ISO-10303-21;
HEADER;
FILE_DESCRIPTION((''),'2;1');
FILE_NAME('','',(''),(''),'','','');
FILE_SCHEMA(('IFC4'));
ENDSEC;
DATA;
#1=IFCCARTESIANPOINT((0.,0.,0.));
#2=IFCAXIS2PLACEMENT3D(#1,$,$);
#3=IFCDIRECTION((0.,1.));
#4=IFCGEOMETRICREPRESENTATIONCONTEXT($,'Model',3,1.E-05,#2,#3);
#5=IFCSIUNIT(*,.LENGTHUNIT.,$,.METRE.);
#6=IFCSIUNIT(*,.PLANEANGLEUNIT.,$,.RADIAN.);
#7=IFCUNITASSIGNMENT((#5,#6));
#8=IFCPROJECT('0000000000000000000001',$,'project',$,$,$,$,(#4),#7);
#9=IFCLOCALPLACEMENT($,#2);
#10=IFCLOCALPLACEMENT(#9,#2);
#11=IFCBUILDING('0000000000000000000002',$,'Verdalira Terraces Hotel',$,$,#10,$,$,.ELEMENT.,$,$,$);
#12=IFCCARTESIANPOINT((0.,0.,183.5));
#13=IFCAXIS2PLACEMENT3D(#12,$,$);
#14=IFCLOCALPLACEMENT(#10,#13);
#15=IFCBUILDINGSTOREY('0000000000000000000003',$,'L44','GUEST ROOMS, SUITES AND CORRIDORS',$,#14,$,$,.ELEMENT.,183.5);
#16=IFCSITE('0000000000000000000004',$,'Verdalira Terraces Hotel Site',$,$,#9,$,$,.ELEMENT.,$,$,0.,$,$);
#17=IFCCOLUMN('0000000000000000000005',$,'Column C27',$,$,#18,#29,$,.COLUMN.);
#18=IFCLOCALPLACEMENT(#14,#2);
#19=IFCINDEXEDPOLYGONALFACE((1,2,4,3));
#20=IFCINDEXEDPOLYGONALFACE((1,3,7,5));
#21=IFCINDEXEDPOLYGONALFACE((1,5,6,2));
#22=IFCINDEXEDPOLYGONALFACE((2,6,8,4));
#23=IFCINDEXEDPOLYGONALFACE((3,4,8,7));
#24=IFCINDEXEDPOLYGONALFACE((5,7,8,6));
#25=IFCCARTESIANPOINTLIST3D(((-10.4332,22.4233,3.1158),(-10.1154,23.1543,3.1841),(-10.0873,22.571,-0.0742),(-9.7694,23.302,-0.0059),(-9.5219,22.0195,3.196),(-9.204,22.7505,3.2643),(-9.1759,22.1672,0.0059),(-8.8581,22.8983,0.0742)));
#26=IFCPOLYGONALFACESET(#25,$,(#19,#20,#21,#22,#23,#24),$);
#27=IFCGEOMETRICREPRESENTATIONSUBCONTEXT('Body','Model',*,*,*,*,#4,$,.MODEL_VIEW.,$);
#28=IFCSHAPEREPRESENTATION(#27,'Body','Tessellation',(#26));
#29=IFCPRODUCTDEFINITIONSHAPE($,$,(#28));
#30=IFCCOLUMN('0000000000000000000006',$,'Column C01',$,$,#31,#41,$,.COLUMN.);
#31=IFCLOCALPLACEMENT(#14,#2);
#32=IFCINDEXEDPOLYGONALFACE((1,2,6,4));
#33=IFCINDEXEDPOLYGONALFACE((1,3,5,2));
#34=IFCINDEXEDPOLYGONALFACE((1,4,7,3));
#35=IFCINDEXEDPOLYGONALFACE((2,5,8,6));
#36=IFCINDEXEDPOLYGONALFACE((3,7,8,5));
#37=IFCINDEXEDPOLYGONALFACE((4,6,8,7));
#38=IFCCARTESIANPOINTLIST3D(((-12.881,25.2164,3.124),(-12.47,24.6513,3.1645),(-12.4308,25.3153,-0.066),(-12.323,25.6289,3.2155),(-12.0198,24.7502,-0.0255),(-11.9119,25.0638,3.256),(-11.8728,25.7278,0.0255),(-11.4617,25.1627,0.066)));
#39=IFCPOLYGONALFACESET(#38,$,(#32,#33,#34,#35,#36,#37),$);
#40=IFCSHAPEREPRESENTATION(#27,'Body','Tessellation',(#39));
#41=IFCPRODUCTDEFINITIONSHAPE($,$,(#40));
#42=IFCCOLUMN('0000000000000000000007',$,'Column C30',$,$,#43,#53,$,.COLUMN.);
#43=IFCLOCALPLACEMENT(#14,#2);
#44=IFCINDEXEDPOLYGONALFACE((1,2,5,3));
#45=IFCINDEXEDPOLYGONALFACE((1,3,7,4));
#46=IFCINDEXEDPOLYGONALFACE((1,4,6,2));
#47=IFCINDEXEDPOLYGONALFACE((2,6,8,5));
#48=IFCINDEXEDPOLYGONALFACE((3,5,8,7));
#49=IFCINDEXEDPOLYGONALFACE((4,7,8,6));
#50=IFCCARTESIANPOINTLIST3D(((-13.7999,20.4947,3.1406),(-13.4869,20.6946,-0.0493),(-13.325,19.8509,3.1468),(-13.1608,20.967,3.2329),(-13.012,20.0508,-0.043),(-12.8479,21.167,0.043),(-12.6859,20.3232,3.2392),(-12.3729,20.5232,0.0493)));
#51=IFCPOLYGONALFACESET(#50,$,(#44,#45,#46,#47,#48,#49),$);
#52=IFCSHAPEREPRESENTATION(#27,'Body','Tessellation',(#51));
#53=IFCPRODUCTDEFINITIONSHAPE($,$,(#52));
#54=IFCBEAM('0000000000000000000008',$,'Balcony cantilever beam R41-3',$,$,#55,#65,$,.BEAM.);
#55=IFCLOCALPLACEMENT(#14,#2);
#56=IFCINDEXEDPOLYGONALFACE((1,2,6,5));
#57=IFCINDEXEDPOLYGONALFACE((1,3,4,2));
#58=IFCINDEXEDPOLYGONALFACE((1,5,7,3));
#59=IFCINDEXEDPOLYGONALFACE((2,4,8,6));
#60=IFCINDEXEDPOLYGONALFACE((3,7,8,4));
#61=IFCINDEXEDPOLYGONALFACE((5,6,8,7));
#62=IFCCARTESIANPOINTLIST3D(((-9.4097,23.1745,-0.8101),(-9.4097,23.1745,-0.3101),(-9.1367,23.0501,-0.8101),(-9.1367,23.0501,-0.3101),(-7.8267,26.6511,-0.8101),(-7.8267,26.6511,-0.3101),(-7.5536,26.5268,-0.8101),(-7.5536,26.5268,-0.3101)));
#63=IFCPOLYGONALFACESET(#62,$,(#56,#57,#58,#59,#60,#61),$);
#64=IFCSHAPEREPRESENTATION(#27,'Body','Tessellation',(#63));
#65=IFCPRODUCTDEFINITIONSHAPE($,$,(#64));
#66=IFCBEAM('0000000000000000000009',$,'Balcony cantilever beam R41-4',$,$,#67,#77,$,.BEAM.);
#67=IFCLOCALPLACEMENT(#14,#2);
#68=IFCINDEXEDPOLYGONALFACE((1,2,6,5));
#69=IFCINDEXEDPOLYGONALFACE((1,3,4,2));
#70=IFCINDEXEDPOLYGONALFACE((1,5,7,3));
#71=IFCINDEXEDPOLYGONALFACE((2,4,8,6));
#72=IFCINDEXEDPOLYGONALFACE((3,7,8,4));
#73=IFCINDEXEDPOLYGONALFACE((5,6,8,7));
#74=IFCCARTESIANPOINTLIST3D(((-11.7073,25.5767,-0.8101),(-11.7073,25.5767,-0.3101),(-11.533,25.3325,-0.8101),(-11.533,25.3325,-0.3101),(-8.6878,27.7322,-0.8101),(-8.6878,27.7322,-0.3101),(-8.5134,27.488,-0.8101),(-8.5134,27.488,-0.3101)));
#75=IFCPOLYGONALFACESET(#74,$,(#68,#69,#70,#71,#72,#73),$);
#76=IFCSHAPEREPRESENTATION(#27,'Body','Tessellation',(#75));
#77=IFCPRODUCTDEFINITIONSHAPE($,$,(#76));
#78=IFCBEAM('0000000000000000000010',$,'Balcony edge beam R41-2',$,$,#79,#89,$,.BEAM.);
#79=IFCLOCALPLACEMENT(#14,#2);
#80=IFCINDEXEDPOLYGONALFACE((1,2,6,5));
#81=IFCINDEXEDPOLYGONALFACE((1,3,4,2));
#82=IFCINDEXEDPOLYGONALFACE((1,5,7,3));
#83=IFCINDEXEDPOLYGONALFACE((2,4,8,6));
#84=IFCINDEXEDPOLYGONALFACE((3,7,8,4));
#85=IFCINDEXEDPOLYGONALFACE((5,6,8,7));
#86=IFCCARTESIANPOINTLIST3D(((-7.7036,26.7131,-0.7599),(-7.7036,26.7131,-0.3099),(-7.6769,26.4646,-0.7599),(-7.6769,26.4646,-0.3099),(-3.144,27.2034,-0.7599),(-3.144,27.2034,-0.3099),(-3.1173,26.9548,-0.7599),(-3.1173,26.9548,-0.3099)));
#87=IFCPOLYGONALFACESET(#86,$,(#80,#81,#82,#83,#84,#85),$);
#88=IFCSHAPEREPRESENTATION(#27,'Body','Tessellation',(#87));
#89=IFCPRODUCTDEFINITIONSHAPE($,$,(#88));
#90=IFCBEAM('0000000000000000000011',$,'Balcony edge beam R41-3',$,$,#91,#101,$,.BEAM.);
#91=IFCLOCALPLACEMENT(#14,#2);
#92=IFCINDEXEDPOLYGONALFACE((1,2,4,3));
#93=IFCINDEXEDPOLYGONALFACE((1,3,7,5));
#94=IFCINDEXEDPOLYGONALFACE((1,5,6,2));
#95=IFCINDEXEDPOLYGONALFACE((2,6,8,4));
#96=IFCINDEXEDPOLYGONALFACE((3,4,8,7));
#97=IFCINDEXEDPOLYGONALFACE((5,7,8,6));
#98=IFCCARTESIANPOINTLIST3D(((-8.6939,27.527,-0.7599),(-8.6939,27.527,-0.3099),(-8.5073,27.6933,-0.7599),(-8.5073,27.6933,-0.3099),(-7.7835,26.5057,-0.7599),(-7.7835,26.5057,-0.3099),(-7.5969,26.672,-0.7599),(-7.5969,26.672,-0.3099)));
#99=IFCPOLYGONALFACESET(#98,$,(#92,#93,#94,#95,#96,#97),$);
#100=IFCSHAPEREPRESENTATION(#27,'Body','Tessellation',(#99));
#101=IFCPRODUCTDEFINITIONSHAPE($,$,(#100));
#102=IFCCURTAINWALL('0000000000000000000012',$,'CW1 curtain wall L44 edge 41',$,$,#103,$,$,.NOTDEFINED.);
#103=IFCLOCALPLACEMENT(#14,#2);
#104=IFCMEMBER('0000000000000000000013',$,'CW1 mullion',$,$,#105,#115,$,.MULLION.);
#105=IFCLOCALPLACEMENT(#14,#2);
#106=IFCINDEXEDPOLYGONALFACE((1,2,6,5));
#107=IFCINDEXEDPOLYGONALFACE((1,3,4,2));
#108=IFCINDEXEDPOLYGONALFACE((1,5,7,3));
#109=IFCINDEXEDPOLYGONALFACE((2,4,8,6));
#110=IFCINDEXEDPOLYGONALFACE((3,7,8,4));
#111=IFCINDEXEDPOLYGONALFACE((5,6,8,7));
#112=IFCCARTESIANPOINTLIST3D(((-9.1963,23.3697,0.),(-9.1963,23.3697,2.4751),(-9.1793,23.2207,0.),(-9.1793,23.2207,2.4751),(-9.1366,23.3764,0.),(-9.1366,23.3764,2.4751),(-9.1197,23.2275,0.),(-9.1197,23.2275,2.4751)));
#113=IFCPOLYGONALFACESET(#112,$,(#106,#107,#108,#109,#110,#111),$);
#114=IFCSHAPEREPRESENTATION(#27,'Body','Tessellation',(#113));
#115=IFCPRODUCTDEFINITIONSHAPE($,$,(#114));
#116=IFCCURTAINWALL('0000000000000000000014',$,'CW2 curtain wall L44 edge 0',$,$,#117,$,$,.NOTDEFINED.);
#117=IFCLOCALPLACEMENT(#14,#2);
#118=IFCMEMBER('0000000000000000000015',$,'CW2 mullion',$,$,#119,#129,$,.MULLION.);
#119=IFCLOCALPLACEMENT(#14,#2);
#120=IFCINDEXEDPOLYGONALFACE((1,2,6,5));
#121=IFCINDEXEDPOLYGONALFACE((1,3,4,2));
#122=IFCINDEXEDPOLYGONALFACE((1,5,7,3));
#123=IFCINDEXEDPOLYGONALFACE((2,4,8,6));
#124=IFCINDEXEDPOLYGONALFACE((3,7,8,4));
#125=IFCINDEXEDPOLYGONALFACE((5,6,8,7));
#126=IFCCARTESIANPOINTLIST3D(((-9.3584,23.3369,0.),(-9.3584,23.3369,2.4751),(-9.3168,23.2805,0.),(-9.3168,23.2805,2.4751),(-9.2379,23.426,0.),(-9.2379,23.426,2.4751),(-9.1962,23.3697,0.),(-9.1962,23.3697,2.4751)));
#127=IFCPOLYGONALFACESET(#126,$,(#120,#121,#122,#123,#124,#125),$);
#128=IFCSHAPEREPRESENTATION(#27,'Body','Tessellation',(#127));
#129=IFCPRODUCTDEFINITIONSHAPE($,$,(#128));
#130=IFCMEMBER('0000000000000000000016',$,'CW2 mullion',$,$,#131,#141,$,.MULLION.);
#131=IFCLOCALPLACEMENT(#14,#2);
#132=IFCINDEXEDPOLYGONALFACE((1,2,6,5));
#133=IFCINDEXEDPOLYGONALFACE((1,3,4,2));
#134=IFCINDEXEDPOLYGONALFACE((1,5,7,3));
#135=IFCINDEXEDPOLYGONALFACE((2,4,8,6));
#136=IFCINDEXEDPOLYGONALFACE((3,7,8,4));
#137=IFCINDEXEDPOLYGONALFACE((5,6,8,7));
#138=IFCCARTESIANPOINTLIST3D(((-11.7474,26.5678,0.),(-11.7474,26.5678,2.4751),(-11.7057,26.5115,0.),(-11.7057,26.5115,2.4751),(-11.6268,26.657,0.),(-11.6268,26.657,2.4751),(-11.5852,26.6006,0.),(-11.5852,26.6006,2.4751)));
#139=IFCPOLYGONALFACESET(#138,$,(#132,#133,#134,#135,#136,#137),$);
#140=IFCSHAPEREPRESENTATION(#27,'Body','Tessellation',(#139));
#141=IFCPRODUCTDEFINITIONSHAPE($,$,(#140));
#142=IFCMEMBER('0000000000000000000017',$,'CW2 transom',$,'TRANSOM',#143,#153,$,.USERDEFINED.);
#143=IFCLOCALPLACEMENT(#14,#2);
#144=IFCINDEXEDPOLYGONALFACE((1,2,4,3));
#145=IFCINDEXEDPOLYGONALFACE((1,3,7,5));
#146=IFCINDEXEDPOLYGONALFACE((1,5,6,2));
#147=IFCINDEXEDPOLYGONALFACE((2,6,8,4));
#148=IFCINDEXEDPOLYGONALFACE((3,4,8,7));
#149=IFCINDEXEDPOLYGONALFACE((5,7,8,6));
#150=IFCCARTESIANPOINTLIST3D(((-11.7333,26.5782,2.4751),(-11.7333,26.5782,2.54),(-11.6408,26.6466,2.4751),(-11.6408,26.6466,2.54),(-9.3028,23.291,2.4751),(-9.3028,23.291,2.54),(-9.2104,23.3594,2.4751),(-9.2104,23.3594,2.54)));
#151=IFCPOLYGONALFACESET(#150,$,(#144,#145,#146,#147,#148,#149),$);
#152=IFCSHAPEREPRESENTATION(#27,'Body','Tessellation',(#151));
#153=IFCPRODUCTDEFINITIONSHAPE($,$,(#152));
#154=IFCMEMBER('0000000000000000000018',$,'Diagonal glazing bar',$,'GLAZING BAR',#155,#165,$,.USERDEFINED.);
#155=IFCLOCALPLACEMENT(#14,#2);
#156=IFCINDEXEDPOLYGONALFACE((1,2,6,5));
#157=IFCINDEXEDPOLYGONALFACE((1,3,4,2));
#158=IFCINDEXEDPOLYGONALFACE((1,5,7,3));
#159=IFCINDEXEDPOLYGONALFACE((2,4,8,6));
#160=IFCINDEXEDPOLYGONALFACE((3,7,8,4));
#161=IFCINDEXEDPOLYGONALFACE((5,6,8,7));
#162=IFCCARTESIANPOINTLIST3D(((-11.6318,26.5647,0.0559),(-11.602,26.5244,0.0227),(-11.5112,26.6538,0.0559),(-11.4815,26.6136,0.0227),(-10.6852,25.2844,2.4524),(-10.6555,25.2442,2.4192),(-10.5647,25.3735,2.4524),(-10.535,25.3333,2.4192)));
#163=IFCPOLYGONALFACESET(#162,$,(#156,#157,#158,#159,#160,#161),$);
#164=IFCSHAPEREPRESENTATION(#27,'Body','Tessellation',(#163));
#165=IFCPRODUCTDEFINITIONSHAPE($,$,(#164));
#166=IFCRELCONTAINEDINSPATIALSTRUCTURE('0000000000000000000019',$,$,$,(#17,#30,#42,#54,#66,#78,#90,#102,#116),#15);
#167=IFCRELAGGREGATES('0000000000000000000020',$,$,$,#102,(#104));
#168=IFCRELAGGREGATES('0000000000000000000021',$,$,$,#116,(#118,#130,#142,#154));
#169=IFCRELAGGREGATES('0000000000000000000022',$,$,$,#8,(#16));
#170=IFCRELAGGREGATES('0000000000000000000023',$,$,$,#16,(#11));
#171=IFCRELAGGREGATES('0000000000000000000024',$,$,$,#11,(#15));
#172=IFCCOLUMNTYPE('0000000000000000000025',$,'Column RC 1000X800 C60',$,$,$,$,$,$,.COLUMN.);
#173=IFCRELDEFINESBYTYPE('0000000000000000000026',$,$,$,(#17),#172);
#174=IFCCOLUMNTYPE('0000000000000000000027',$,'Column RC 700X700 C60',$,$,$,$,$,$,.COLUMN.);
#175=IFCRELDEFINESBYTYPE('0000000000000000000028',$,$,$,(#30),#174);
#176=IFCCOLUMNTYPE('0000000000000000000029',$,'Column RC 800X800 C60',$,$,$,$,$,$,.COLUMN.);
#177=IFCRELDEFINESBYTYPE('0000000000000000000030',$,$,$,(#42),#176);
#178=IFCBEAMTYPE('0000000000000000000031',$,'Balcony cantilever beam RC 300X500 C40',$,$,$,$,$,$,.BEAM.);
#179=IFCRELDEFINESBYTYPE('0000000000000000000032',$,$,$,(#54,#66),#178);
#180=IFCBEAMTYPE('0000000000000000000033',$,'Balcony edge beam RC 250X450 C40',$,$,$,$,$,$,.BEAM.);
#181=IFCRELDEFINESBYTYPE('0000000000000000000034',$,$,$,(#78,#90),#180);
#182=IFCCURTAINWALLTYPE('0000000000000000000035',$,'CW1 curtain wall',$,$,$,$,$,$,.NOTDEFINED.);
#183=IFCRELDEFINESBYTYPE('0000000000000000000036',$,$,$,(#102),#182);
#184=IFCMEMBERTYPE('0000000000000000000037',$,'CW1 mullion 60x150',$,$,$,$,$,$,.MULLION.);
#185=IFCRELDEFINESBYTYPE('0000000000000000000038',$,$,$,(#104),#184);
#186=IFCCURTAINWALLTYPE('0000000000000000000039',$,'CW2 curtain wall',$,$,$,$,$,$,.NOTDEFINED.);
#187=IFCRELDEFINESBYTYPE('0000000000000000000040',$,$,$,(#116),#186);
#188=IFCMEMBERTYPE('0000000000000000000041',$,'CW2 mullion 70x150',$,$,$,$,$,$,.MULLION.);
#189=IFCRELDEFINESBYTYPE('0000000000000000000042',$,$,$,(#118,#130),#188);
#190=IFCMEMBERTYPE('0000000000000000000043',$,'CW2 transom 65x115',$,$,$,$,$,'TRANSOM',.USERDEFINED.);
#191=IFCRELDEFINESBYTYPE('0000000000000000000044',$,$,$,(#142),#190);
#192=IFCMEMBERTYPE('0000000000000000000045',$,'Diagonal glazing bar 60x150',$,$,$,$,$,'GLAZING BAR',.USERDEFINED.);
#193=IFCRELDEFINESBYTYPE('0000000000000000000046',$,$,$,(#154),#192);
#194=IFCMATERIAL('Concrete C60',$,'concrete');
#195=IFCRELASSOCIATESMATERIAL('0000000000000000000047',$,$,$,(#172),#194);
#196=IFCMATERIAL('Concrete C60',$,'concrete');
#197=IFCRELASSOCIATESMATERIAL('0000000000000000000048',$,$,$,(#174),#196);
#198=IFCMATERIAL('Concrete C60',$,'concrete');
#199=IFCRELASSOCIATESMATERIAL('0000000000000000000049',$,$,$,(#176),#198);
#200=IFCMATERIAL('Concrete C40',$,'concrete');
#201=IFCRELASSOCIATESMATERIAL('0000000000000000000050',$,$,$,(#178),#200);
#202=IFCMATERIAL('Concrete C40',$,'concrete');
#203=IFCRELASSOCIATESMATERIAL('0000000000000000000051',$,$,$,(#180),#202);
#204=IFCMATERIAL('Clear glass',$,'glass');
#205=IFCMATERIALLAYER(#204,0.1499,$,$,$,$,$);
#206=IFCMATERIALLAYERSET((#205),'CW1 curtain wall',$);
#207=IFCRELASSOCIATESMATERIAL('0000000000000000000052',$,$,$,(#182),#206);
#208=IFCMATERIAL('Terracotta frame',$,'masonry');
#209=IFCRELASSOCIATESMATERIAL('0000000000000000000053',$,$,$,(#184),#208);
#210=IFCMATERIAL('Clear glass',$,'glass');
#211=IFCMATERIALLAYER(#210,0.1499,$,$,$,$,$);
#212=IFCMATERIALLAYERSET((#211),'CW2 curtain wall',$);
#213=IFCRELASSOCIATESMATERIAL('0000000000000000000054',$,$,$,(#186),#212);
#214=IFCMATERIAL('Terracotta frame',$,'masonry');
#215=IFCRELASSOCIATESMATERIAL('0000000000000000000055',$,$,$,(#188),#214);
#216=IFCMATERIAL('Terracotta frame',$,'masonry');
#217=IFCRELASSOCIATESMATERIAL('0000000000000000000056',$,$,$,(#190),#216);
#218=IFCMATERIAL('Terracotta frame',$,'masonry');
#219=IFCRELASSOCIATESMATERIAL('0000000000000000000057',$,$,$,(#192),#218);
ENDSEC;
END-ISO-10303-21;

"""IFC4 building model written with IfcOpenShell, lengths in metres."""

from ifc_helpers import new_model, si_unit, direction, frame, origin, origin_2d, place, context, subcontext, project, spatial, rectangle, extrude, material, layer, layer_set, material_profile, profile_set, type_object, element, aggregate, save


model = new_model("IFC4")

# Units and contexts
model_context = context("Model", 3, precision=1e-05, world=origin(), true_north=direction((0.0, 1.0)))
body_context = subcontext(model_context, "Body", "Model", "MODEL_VIEW")
ifc_project = project(units=[si_unit("LENGTHUNIT", "METRE"), si_unit("PLANEANGLEUNIT", "RADIAN")], contexts=[model_context])

# Site, building, storey
site_placement = place(None, origin())
site = spatial("IfcSite", under=ifc_project, at=site_placement, Name="Verdalira Terraces Hotel Site", CompositionType="ELEMENT", RefElevation=0.0)
building_placement = place(site_placement, origin())
building = spatial("IfcBuilding", under=site, at=building_placement, Name="Verdalira Terraces Hotel", CompositionType="ELEMENT")
storey_placement = place(building_placement, frame((0.0, 0.0, 183.5)))
storey = spatial("IfcBuildingStorey", under=building, at=storey_placement, Name="L44", Description="GUEST ROOMS, SUITES AND CORRIDORS", CompositionType="ELEMENT", Elevation=183.5)

# Columns
ifc_material_1 = material(Name="Concrete C60", Category="concrete")
ifc_material_profile_1 = material_profile(ifc_material_1, rectangle(XDim=1.0, YDim=0.8, at=origin_2d()), Name="RC 1000X800")
ifc_profile_set_1 = profile_set([ifc_material_profile_1], Name="Concrete C60")
column_type_1 = type_object("IfcColumnType", Name="Column RC 1000X800 C60", PredefinedType="COLUMN", material=ifc_profile_set_1)
column_1_placement = place(storey_placement, frame((-9.4727, 22.7346, 0.0), z_axis=(-0.107703, -0.045985, 0.993119), x_axis=(0.911356, -0.403743, 0.080141)))
element("IfcColumn", 1, at=column_1_placement, inside=storey, type_object=column_type_1, Name="Column C27", PredefinedType="COLUMN", context=body_context, shape_type="SweptSolid", body=[
    extrude(rectangle(XDim=1.0, YDim=0.8, at=origin_2d()), origin(), (0.0, 0.0, 1.0), 3.2122),
])
ifc_material_2 = material(Name="Concrete C60", Category="concrete")
ifc_material_profile_2 = material_profile(ifc_material_2, rectangle(XDim=0.7, YDim=0.7, at=origin_2d()), Name="RC 700X700")
ifc_profile_set_2 = profile_set([ifc_material_profile_2], Name="Concrete C60")
column_type_2 = type_object("IfcColumnType", Name="Column RC 700X700 C60", PredefinedType="COLUMN", material=ifc_profile_set_2)
column_2_placement = place(storey_placement, frame((-11.9463, 25.239, 0.0), z_axis=(-0.139679, -0.030678, 0.989721), x_axis=(-0.587274, 0.807317, -0.057858)))
element("IfcColumn", 2, at=column_2_placement, inside=storey, type_object=column_type_2, Name="Column C01", PredefinedType="COLUMN", context=body_context, shape_type="SweptSolid", body=[
    extrude(rectangle(XDim=0.7, YDim=0.7, at=origin_2d()), origin(), (0.0, 0.0, 1.0), 3.2231),
])
ifc_material_3 = material(Name="Concrete C60", Category="concrete")
ifc_material_profile_3 = material_profile(ifc_material_3, rectangle(XDim=0.8, YDim=0.8, at=origin_2d()), Name="RC 800X800")
ifc_profile_set_3 = profile_set([ifc_material_profile_3], Name="Concrete C60")
column_type_3 = type_object("IfcColumnType", Name="Column RC 800X800 C60", PredefinedType="COLUMN", material=ifc_profile_set_3)
column_3_placement = place(storey_placement, frame((-12.9299, 20.6089, 0.0), z_axis=(-0.097459, -0.062261, 0.99329), x_axis=(-0.593633, 0.804698, -0.007806)))
element("IfcColumn", 3, at=column_3_placement, inside=storey, type_object=column_type_3, Name="Column C30", PredefinedType="COLUMN", context=body_context, shape_type="SweptSolid", body=[
    extrude(rectangle(XDim=0.8, YDim=0.8, at=origin_2d()), origin(), (0.0, 0.0, 1.0), 3.2114),
])

# Beams
ifc_material_4 = material(Name="Concrete C40", Category="concrete")
ifc_material_profile_4 = material_profile(ifc_material_4, rectangle(XDim=0.3, YDim=0.5, at=origin_2d()), Name="RC 300X500")
ifc_profile_set_4 = profile_set([ifc_material_profile_4], Name="Concrete C40")
beam_type_1 = type_object("IfcBeamType", Name="Balcony cantilever beam RC 300X500 C40", PredefinedType="BEAM", material=ifc_profile_set_4)
beam_1_placement = place(storey_placement, frame((-9.2732, 23.1123, -0.5601), z_axis=(0.4144, 0.910095, 0.0), x_axis=(-0.910095, 0.4144, 0.0)))
element("IfcBeam", 4, at=beam_1_placement, inside=storey, type_object=beam_type_1, Name="Balcony cantilever beam R41-3", PredefinedType="BEAM", context=body_context, shape_type="SweptSolid", body=[
    extrude(rectangle(XDim=0.3, YDim=0.5, at=origin_2d()), origin(), (0.0, 0.0, 1.0), 3.8201),
])
beam_2_placement = place(storey_placement, frame((-11.6201, 25.4546, -0.5601), z_axis=(0.813898, 0.581008, 0.0), x_axis=(-0.581008, 0.813898, 0.0)))
element("IfcBeam", 5, at=beam_2_placement, inside=storey, type_object=beam_type_1, Name="Balcony cantilever beam R41-4", PredefinedType="BEAM", context=body_context, shape_type="SweptSolid", body=[
    extrude(rectangle(XDim=0.3, YDim=0.5, at=origin_2d()), origin(), (0.0, 0.0, 1.0), 3.71),
])
ifc_material_5 = material(Name="Concrete C40", Category="concrete")
ifc_material_profile_5 = material_profile(ifc_material_5, rectangle(XDim=0.25, YDim=0.45, at=origin_2d()), Name="RC 250X450")
ifc_profile_set_5 = profile_set([ifc_material_profile_5], Name="Concrete C40")
beam_type_2 = type_object("IfcBeamType", Name="Balcony edge beam RC 250X450 C40", PredefinedType="BEAM", material=ifc_profile_set_5)
beam_3_placement = place(storey_placement, frame((-3.1306, 27.0791, -0.5349), z_axis=(-0.99427, -0.106902, 0.0), x_axis=(0.106902, -0.99427, 0.0)))
element("IfcBeam", 6, at=beam_3_placement, inside=storey, type_object=beam_type_2, Name="Balcony edge beam R41-2", PredefinedType="BEAM", context=body_context, shape_type="SweptSolid", body=[
    extrude(rectangle(XDim=0.25, YDim=0.45, at=origin_2d()), origin(), (0.0, 0.0, 1.0), 4.5859),
])
beam_4_placement = place(storey_placement, frame((-7.6902, 26.5889, -0.5349), z_axis=(-0.665438, 0.746454, 0.0), x_axis=(-0.746454, -0.665438, 0.0)))
element("IfcBeam", 7, at=beam_4_placement, inside=storey, type_object=beam_type_2, Name="Balcony edge beam R41-3", PredefinedType="BEAM", context=body_context, shape_type="SweptSolid", body=[
    extrude(rectangle(XDim=0.25, YDim=0.45, at=origin_2d()), origin(), (0.0, 0.0, 1.0), 1.3682),
])

# Curtain wall, member
ifc_material_6 = material(Name="Clear glass", Category="glass")
ifc_layer_1 = layer(ifc_material_6, 0.1499)
ifc_layer_set_1 = layer_set([ifc_layer_1], Name="CW1 curtain wall")
curtain_wall_type_1 = type_object("IfcCurtainWallType", Name="CW1 curtain wall", PredefinedType="NOTDEFINED", material=ifc_layer_set_1)
curtain_wall_1_placement = place(storey_placement, origin())
curtain_wall_1 = element("IfcCurtainWall", 8, at=curtain_wall_1_placement, inside=storey, type_object=curtain_wall_type_1, Name="CW1 curtain wall L44 edge 41", PredefinedType="NOTDEFINED")
ifc_material_7 = material(Name="Terracotta frame", Category="masonry")
ifc_material_profile_6 = material_profile(ifc_material_7, rectangle(XDim=0.0601, YDim=0.1499, at=origin_2d()), Name="MU 60x150")
ifc_profile_set_6 = profile_set([ifc_material_profile_6], Name="Terracotta frame")
member_type_1 = type_object("IfcMemberType", Name="CW1 mullion 60x150", PredefinedType="MULLION", material=ifc_profile_set_6)
member_1_placement = place(storey_placement, frame((-9.158, 23.2986, 0.0), z_axis=(0.0, 0.0, 1.0), x_axis=(-0.993611, -0.112856, 0.0)))
member_1 = element("IfcMember", 9, at=member_1_placement, type_object=member_type_1, Name="CW1 mullion", PredefinedType="MULLION", context=body_context, shape_type="SweptSolid", body=[
    extrude(rectangle(XDim=0.0601, YDim=0.1499, at=origin_2d()), origin(), (0.0, 0.0, 1.0), 2.4751),
])

# Curtain wall, members
ifc_material_8 = material(Name="Clear glass", Category="glass")
ifc_layer_2 = layer(ifc_material_8, 0.1499)
ifc_layer_set_2 = layer_set([ifc_layer_2], Name="CW2 curtain wall")
curtain_wall_type_2 = type_object("IfcCurtainWallType", Name="CW2 curtain wall", PredefinedType="NOTDEFINED", material=ifc_layer_set_2)
curtain_wall_2_placement = place(storey_placement, origin())
curtain_wall_2 = element("IfcCurtainWall", 10, at=curtain_wall_2_placement, inside=storey, type_object=curtain_wall_type_2, Name="CW2 curtain wall L44 edge 0", PredefinedType="NOTDEFINED")
ifc_material_9 = material(Name="Terracotta frame", Category="masonry")
ifc_material_profile_7 = material_profile(ifc_material_9, rectangle(XDim=0.0701, YDim=0.1499, at=origin_2d()), Name="MU 70x150")
ifc_profile_set_7 = profile_set([ifc_material_profile_7], Name="Terracotta frame")
member_type_2 = type_object("IfcMemberType", Name="CW2 mullion 70x150", PredefinedType="MULLION", material=ifc_profile_set_7)
member_2_placement = place(storey_placement, frame((-9.2773, 23.3533, 0.0), z_axis=(0.0, 0.0, 1.0), x_axis=(-0.594542, 0.804064, 0.0)))
member_2 = element("IfcMember", 11, at=member_2_placement, type_object=member_type_2, Name="CW2 mullion", PredefinedType="MULLION", context=body_context, shape_type="SweptSolid", body=[
    extrude(rectangle(XDim=0.0701, YDim=0.1499, at=origin_2d()), origin(), (0.0, 0.0, 1.0), 2.4751),
])
member_3_placement = place(storey_placement, frame((-11.6663, 26.5842, 0.0), z_axis=(0.0, 0.0, 1.0), x_axis=(-0.594542, 0.804064, 0.0)))
member_3 = element("IfcMember", 12, at=member_3_placement, type_object=member_type_2, Name="CW2 mullion", PredefinedType="MULLION", context=body_context, shape_type="SweptSolid", body=[
    extrude(rectangle(XDim=0.0701, YDim=0.1499, at=origin_2d()), origin(), (0.0, 0.0, 1.0), 2.4751),
])
ifc_material_10 = material(Name="Terracotta frame", Category="masonry")
ifc_material_profile_8 = material_profile(ifc_material_10, rectangle(XDim=0.115, YDim=0.0649, at=origin_2d()), Name="TR 65x115")
ifc_profile_set_8 = profile_set([ifc_material_profile_8], Name="Terracotta frame")
member_type_3 = type_object("IfcMemberType", Name="CW2 transom 65x115", ElementType="TRANSOM", PredefinedType="USERDEFINED", material=ifc_profile_set_8)
member_4_placement = place(storey_placement, frame((-9.2566, 23.3252, 2.5076), z_axis=(-0.59452, 0.804081, 0.0), x_axis=(-0.804081, -0.59452, 0.0)))
member_4 = element("IfcMember", 13, at=member_4_placement, type_object=member_type_3, Name="CW2 transom", ObjectType="TRANSOM", PredefinedType="USERDEFINED", context=body_context, shape_type="SweptSolid", body=[
    extrude(rectangle(XDim=0.115, YDim=0.0649, at=origin_2d()), origin(), (0.0, 0.0, 1.0), 4.0881),
])
ifc_material_11 = material(Name="Terracotta frame", Category="masonry")
ifc_material_profile_9 = material_profile(ifc_material_11, rectangle(XDim=0.1499, YDim=0.0601, at=origin_2d()), Name="GB 60x150")
ifc_profile_set_9 = profile_set([ifc_material_profile_9], Name="Terracotta frame")
member_type_4 = type_object("IfcMemberType", Name="Diagonal glazing bar 60x150", ElementType="GLAZING BAR", PredefinedType="USERDEFINED", material=ifc_profile_set_9)
member_5_placement = place(storey_placement, frame((-10.6101, 25.3088, 2.4358), z_axis=(-0.32898, 0.444975, -0.832928), x_axis=(-0.804103, -0.59449, 0.0)))
member_5 = element("IfcMember", 14, at=member_5_placement, type_object=member_type_4, Name="Diagonal glazing bar", ObjectType="GLAZING BAR", PredefinedType="USERDEFINED", context=body_context, shape_type="SweptSolid", body=[
    extrude(rectangle(XDim=0.1499, YDim=0.0601, at=origin_2d()), origin(), (0.0, 0.0, 1.0), 2.8772),
])

aggregate(curtain_wall_1, [member_1])
aggregate(curtain_wall_2, [member_2, member_3, member_4, member_5])

save(model, "model.ifc")
